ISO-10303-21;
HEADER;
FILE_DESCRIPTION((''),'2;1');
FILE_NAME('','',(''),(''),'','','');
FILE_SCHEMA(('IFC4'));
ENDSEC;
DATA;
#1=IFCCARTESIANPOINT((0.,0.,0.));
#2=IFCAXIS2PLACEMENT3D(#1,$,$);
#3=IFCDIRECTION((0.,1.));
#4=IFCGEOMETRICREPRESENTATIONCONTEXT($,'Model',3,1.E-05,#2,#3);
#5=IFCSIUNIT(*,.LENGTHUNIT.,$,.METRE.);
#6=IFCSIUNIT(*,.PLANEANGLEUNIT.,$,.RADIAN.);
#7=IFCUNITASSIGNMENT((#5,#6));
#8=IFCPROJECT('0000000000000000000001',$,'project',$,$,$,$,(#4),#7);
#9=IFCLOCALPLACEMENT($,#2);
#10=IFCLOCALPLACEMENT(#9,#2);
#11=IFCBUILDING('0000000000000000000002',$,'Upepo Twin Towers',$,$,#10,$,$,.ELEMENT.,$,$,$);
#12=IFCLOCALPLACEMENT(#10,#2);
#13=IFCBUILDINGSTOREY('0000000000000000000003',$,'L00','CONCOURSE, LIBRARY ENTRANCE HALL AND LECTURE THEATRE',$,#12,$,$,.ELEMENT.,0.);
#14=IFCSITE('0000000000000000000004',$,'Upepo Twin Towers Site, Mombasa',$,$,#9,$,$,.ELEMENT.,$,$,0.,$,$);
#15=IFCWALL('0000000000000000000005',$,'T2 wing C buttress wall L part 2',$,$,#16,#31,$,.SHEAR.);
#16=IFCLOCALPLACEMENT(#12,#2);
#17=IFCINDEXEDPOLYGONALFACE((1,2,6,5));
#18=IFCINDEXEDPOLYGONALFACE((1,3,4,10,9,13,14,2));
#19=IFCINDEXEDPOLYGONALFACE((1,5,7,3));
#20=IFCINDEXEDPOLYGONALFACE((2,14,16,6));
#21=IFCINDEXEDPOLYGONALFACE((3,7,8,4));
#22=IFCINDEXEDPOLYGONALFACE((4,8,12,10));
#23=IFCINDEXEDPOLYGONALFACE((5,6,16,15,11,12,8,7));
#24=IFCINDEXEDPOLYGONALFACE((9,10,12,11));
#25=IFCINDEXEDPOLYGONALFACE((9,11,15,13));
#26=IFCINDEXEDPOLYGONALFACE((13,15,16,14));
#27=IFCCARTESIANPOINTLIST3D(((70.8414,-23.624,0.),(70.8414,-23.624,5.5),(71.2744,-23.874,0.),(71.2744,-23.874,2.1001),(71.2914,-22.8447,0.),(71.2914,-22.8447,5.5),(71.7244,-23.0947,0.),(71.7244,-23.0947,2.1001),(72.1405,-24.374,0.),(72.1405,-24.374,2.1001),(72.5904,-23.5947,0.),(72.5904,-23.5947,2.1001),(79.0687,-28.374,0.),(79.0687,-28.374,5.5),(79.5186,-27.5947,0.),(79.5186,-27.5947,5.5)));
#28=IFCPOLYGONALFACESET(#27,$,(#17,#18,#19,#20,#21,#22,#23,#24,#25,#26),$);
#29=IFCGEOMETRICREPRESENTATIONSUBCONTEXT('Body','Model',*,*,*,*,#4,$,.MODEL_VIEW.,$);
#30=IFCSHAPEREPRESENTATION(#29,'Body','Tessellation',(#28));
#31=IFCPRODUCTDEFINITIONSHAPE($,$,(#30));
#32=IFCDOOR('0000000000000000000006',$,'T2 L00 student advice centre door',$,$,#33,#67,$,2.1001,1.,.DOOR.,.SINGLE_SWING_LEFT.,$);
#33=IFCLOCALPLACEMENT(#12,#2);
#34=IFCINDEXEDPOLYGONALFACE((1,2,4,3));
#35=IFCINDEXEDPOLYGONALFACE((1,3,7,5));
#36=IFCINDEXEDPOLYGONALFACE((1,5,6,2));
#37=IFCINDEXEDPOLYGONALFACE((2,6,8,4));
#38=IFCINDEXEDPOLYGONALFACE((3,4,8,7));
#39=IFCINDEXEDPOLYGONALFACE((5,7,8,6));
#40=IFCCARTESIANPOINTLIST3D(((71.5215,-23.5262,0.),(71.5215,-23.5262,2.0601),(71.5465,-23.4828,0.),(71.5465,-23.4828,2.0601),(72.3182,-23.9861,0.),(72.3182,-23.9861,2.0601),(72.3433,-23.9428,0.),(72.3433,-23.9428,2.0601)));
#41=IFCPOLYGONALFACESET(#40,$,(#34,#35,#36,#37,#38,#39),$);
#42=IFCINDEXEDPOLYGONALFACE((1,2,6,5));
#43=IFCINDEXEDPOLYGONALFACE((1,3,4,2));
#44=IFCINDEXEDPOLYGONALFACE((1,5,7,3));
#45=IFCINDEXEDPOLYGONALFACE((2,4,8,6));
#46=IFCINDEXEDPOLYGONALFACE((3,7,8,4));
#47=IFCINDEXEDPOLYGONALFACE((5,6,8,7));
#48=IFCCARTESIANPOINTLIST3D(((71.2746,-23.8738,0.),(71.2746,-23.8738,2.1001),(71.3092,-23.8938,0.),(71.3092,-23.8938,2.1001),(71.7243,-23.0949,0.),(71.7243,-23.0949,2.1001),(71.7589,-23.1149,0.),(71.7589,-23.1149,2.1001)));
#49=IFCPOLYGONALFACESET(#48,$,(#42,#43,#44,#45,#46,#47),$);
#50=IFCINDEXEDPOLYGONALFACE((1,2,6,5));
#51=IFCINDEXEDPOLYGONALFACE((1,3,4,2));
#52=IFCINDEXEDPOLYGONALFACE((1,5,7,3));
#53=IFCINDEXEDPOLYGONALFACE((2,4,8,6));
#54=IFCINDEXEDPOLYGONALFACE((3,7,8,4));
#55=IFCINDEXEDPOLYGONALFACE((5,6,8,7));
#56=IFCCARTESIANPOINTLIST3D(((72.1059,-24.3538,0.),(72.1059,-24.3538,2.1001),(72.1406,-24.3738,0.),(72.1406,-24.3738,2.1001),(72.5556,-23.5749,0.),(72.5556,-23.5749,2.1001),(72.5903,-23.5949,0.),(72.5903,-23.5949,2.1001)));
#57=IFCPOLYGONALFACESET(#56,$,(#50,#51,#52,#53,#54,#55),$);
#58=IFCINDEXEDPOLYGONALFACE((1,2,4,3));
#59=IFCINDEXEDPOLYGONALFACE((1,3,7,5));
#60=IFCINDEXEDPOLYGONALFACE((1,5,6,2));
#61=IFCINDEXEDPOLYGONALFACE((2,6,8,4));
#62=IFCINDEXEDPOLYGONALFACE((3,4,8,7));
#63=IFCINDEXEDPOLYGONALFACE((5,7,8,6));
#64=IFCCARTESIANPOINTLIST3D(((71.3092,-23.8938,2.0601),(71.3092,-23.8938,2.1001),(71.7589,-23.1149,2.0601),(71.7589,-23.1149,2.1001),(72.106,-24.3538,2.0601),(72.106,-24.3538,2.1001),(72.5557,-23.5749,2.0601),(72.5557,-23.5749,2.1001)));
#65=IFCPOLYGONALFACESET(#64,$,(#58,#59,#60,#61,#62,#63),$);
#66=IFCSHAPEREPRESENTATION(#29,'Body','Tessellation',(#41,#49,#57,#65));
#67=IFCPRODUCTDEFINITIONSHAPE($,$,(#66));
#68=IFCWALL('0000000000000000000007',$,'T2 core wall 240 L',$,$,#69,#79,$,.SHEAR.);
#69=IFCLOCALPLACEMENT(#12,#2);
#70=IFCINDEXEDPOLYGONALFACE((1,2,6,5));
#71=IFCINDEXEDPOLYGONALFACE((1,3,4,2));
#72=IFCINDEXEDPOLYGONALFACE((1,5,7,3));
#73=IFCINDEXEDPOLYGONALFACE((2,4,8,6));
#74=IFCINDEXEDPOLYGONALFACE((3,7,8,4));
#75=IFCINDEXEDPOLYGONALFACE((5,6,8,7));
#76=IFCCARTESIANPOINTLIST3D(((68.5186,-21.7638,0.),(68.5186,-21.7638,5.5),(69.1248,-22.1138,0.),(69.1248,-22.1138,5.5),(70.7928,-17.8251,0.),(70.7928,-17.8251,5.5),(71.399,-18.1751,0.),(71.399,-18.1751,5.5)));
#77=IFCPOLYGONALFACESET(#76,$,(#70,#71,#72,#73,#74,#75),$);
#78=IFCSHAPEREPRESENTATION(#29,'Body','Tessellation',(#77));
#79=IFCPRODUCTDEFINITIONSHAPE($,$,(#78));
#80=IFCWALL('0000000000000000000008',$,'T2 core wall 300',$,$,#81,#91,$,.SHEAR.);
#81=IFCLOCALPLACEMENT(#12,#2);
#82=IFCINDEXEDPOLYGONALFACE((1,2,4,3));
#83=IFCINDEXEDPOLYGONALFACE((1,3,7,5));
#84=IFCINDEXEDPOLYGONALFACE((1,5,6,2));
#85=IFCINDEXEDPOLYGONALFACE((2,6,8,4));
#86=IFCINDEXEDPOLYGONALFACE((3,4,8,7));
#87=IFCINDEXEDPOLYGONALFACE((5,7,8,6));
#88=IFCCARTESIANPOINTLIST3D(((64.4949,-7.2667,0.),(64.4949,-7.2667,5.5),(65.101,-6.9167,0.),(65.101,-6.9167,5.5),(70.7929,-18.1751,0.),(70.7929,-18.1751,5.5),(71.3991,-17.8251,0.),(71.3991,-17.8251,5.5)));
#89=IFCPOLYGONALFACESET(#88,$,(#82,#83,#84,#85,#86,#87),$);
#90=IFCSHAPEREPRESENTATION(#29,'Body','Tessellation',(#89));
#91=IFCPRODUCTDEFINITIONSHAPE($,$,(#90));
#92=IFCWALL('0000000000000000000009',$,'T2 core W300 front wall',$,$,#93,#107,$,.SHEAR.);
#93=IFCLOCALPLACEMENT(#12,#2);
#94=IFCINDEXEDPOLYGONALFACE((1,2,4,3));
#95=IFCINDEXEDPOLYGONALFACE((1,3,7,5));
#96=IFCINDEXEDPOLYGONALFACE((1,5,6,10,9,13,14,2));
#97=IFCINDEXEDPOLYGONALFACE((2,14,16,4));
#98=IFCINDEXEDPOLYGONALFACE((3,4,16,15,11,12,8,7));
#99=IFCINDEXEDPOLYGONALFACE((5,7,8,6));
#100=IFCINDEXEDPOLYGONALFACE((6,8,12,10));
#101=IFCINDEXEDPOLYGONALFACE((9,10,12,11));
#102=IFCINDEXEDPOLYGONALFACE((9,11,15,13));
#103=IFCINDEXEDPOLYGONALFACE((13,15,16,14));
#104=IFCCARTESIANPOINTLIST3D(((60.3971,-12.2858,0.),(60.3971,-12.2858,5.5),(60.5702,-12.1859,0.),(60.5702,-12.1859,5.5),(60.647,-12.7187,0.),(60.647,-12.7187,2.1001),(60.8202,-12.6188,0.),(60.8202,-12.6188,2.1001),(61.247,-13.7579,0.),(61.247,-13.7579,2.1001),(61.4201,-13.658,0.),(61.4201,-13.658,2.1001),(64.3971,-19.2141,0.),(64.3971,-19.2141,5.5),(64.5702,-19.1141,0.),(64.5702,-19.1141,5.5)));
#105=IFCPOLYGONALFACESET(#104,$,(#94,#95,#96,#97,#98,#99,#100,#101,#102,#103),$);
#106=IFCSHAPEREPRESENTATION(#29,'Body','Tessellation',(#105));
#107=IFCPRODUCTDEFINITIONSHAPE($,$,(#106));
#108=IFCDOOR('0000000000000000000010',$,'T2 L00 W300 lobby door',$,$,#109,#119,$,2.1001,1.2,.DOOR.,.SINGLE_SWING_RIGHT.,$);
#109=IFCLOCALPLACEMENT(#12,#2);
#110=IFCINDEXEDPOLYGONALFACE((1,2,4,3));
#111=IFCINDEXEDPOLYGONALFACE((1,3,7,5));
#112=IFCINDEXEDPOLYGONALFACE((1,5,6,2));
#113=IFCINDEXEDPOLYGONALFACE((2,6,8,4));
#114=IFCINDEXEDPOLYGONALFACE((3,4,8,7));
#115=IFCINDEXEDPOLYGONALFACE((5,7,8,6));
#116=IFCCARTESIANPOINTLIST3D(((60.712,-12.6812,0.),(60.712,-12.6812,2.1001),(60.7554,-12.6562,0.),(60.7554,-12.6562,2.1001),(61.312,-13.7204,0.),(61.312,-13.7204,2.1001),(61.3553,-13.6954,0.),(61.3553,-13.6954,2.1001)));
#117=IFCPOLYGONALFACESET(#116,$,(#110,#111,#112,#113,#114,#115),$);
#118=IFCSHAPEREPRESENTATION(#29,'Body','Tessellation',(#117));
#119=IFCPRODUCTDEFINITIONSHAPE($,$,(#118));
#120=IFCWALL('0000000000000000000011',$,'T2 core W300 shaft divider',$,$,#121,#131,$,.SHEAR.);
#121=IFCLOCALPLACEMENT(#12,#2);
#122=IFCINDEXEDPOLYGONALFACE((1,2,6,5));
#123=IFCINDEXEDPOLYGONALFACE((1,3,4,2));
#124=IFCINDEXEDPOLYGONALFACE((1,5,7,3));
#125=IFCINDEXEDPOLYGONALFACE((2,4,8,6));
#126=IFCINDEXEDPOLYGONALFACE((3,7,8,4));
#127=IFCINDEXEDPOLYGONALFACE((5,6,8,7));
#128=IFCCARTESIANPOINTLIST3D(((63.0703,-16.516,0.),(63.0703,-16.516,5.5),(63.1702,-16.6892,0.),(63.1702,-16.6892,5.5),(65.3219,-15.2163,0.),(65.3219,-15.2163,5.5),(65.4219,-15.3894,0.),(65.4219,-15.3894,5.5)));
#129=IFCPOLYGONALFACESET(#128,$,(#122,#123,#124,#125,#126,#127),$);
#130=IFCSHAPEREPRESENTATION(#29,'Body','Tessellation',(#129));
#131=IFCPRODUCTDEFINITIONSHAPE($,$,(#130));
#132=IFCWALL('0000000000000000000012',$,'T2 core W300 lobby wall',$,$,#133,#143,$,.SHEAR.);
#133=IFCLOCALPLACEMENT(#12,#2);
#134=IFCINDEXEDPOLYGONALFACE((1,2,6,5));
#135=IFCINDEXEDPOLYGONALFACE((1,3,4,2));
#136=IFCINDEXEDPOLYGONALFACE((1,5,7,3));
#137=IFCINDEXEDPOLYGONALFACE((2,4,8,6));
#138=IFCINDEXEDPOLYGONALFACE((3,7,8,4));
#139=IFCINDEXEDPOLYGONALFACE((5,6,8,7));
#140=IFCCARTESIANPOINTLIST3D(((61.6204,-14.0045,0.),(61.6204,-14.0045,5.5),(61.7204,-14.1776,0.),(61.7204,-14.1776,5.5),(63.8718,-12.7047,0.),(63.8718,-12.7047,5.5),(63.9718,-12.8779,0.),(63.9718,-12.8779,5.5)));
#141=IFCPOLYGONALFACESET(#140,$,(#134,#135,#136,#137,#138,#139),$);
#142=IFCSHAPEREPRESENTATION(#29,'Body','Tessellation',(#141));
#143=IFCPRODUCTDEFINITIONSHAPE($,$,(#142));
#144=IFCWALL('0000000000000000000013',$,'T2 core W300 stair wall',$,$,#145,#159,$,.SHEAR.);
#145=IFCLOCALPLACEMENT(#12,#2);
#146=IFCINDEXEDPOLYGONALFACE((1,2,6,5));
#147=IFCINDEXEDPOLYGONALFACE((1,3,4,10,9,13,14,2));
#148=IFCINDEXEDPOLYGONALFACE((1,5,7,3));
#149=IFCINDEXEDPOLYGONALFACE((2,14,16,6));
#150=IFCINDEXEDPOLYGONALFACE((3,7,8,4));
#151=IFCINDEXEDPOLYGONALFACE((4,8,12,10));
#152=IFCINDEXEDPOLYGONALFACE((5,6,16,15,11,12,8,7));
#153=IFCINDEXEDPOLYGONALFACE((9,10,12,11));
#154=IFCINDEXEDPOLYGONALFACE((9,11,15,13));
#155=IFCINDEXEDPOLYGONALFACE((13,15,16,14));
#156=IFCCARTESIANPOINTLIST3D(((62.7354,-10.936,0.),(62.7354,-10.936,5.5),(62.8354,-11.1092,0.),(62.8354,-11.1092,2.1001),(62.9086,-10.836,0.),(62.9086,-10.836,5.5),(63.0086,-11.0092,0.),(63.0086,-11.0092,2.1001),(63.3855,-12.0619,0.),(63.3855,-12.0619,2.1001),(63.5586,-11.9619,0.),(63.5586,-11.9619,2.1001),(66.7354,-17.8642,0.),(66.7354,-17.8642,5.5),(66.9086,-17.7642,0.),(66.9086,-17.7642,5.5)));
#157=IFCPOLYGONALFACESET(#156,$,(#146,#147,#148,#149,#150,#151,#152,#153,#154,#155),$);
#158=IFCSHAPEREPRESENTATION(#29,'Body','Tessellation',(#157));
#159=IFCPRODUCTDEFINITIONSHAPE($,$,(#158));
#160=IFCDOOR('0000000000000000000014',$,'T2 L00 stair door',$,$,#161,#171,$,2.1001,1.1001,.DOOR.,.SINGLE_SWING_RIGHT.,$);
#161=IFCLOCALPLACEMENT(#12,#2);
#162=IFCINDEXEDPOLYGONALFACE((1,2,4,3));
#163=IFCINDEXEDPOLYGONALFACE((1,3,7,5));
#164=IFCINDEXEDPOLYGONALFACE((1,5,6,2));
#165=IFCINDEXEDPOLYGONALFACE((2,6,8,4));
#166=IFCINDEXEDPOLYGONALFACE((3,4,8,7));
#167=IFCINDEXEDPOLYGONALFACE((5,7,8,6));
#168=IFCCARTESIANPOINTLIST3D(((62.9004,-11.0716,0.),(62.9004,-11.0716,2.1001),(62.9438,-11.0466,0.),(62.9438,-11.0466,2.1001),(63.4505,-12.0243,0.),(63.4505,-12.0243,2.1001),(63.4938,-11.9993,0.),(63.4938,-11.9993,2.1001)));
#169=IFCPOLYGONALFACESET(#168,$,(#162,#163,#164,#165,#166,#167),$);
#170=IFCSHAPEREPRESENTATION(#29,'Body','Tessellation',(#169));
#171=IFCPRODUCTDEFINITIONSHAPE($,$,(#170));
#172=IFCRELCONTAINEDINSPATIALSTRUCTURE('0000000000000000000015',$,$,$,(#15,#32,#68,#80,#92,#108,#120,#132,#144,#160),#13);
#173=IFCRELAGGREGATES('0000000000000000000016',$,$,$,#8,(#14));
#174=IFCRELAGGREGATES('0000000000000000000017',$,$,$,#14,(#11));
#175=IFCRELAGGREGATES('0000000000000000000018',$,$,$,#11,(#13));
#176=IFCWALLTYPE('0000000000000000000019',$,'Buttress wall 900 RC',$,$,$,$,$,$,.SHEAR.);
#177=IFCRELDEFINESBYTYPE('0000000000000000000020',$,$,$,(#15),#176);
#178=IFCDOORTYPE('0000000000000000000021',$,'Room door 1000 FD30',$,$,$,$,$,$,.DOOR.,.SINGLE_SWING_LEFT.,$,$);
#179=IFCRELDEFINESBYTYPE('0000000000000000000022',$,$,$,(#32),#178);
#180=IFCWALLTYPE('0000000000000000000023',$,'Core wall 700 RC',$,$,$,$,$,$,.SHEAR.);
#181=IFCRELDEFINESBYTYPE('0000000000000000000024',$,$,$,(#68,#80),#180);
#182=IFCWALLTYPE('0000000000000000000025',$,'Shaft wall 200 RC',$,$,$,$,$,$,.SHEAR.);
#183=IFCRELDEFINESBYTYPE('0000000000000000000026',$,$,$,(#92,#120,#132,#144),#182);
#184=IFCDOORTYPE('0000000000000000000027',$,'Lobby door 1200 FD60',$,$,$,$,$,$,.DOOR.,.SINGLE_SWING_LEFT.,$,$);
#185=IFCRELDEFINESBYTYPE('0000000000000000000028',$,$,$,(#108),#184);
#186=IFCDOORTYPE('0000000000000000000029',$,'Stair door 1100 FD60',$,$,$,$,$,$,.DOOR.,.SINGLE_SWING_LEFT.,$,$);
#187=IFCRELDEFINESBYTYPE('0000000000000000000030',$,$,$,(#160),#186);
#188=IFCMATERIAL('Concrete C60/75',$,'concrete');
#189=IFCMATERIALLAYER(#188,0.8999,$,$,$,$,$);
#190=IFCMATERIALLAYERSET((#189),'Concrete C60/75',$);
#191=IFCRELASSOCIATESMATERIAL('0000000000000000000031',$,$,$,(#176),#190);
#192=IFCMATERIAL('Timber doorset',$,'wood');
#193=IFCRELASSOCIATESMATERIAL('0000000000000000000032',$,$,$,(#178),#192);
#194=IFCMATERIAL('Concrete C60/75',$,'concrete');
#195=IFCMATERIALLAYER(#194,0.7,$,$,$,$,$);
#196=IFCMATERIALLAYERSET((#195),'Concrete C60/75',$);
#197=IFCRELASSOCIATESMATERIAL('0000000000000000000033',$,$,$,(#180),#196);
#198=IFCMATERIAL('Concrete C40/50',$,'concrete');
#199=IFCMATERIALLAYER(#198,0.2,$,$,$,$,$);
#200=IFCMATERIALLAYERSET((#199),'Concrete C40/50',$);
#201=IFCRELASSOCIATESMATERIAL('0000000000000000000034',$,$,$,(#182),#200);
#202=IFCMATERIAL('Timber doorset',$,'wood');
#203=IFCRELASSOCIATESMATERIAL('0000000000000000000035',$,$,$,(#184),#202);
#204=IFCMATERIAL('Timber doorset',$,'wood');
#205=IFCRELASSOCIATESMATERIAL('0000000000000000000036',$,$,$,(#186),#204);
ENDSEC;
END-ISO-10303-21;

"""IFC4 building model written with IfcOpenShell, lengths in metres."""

from ifc_helpers import new_model, si_unit, direction, frame, frame_2d, origin, place, context, subcontext, project, spatial, rectangle, extrude, material, layer, layer_set, type_object, element, fill, save


model = new_model("IFC4")

# Units and contexts
model_context = context("Model", 3, precision=1e-05, world=origin(), true_north=direction((0.0, 1.0)))
body_context = subcontext(model_context, "Body", "Model", "MODEL_VIEW")
ifc_project = project(units=[si_unit("LENGTHUNIT", "METRE"), si_unit("PLANEANGLEUNIT", "RADIAN")], contexts=[model_context])

# Site, building, storey
site_placement = place(None, origin())
site = spatial("IfcSite", under=ifc_project, at=site_placement, Name="Upepo Twin Towers Site, Mombasa", CompositionType="ELEMENT", RefElevation=0.0)
building_placement = place(site_placement, origin())
building = spatial("IfcBuilding", under=site, at=building_placement, Name="Upepo Twin Towers", CompositionType="ELEMENT")
storey_placement = place(building_placement, origin())
storey = spatial("IfcBuildingStorey", under=building, at=storey_placement, Name="L00", Description="CONCOURSE, LIBRARY ENTRANCE HALL AND LECTURE THEATRE", CompositionType="ELEMENT", Elevation=0.0)

# Wall, opening, door
ifc_material_1 = material(Name="Concrete C60/75", Category="concrete")
ifc_layer_1 = layer(ifc_material_1, 0.8999)
ifc_layer_set_1 = layer_set([ifc_layer_1], Name="Concrete C60/75")
wall_type_1 = type_object("IfcWallType", Name="Buttress wall 900 RC", PredefinedType="SHEAR", material=ifc_layer_set_1)
wall_1_placement = place(storey_placement, frame((71.0664, -23.2344, 0.0), z_axis=(0.0, 0.0, 1.0), x_axis=(0.866027, -0.499998, 0.0)))
wall_1 = element("IfcWall", 1, at=wall_1_placement, inside=storey, type_object=wall_type_1, Name="T2 wing C buttress wall L part 2", PredefinedType="SHEAR", context=body_context, shape_type="SweptSolid", body=[
    extrude(rectangle(XDim=9.5, YDim=0.8999, at=frame_2d((4.75, 0.0))), origin(), (0.0, 0.0, 1.0), 5.5),
])
opening_1_placement = place(wall_1_placement, frame((0.5, 0.0, 0.0)))
opening_1 = element("IfcOpeningElement", 2, at=opening_1_placement, cuts=wall_1, PredefinedType="OPENING", context=body_context, shape_type="SweptSolid", body=[
    extrude(rectangle(XDim=1.0, YDim=2.1001, at=frame_2d((0.5, 1.05))), frame((0.0, 0.46, 0.0), z_axis=(0.0, -1.0, 0.0), x_axis=(1.0, 0.0, 0.0)), (0.0, 0.0, 1.0), 0.9199),
])
ifc_material_2 = material(Name="Timber doorset", Category="wood")
door_type_1 = type_object("IfcDoorType", Name="Room door 1000 FD30", OperationType="SINGLE_SWING_LEFT", PredefinedType="DOOR", material=ifc_material_2)
door_1_placement = place(opening_1_placement, origin())
door_1 = element("IfcDoor", 3, at=door_1_placement, inside=storey, type_object=door_type_1, Name="T2 L00 student advice centre door", OperationType="SINGLE_SWING_LEFT", OverallHeight=2.1001, OverallWidth=1.0, PredefinedType="DOOR", context=body_context, shape_type="SweptSolid", body=[
    extrude(rectangle(XDim=0.92, YDim=2.0601, at=frame_2d((0.5, 1.03))), frame((0.0, 0.0249, 0.0), z_axis=(0.0, -1.0, 0.0), x_axis=(1.0, 0.0, 0.0)), (0.0, 0.0, 1.0), 0.05),
    extrude(rectangle(XDim=0.04, YDim=2.1001, at=frame_2d((0.02, 1.05))), frame((0.0, 0.4497, 0.0), z_axis=(0.0, -1.0, 0.0), x_axis=(1.0, 0.0, 0.0)), (0.0, 0.0, 1.0), 0.8994),
    extrude(rectangle(XDim=0.04, YDim=2.1001, at=frame_2d((0.98, 1.05))), frame((0.0, 0.4497, 0.0), z_axis=(0.0, -1.0, 0.0), x_axis=(1.0, 0.0, 0.0)), (0.0, 0.0, 1.0), 0.8994),
    extrude(rectangle(XDim=0.92, YDim=0.04, at=frame_2d((0.5, 2.0801))), frame((0.0, 0.4497, 0.0), z_axis=(0.0, -1.0, 0.0), x_axis=(1.0, 0.0, 0.0)), (0.0, 0.0, 1.0), 0.8994),
])
fill(opening_1, door_1)

# Walls
ifc_material_3 = material(Name="Concrete C60/75", Category="concrete")
ifc_layer_2 = layer(ifc_material_3, 0.7)
ifc_layer_set_2 = layer_set([ifc_layer_2], Name="Concrete C60/75")
wall_type_2 = type_object("IfcWallType", Name="Core wall 700 RC", PredefinedType="SHEAR", material=ifc_layer_set_2)
wall_2_placement = place(storey_placement, frame((68.8218, -21.9387, 0.0), z_axis=(0.0, 0.0, 1.0), x_axis=(0.500024, 0.866011, 0.0)))
element("IfcWall", 4, at=wall_2_placement, inside=storey, type_object=wall_type_2, Name="T2 core wall 240 L", PredefinedType="SHEAR", context=body_context, shape_type="SweptSolid", body=[
    extrude(rectangle(XDim=4.5481, YDim=0.7, at=frame_2d((2.2739, 0.0))), origin(), (0.0, 0.0, 1.0), 5.5),
])
wall_3_placement = place(storey_placement, frame((71.0959, -18.0, 0.0), z_axis=(0.0, 0.0, 1.0), x_axis=(-0.500006, 0.866022, 0.0)))
element("IfcWall", 5, at=wall_3_placement, inside=storey, type_object=wall_type_2, Name="T2 core wall 300", PredefinedType="SHEAR", context=body_context, shape_type="SweptSolid", body=[
    extrude(rectangle(XDim=12.5959, YDim=0.7, at=frame_2d((6.2979, 0.0))), origin(), (0.0, 0.0, 1.0), 5.5),
])

# Wall, opening, door
ifc_material_4 = material(Name="Concrete C40/50", Category="concrete")
ifc_layer_3 = layer(ifc_material_4, 0.2)
ifc_layer_set_3 = layer_set([ifc_layer_3], Name="Concrete C40/50")
wall_type_3 = type_object("IfcWallType", Name="Shaft wall 200 RC", PredefinedType="SHEAR", material=ifc_layer_set_3)
wall_4_placement = place(storey_placement, frame((64.4836, -19.1641, 0.0), z_axis=(0.0, 0.0, 1.0), x_axis=(-0.499999, 0.866026, 0.0)))
wall_4 = element("IfcWall", 6, at=wall_4_placement, inside=storey, type_object=wall_type_3, Name="T2 core W300 front wall", PredefinedType="SHEAR", context=body_context, shape_type="SweptSolid", body=[
    extrude(rectangle(XDim=8.0, YDim=0.2, at=frame_2d((4.0, 0.0))), origin(), (0.0, 0.0, 1.0), 5.5),
])
opening_2_placement = place(wall_4_placement, frame((6.3, 0.0, 0.0)))
opening_2 = element("IfcOpeningElement", 7, at=opening_2_placement, cuts=wall_4, PredefinedType="OPENING", context=body_context, shape_type="SweptSolid", body=[
    extrude(rectangle(XDim=1.2, YDim=2.1001, at=frame_2d((0.6001, 1.05))), frame((0.0, 0.1099, 0.0), z_axis=(0.0, -1.0, 0.0), x_axis=(1.0, 0.0, 0.0)), (0.0, 0.0, 1.0), 0.22),
])
ifc_material_5 = material(Name="Timber doorset", Category="wood")
door_type_2 = type_object("IfcDoorType", Name="Lobby door 1200 FD60", OperationType="SINGLE_SWING_LEFT", PredefinedType="DOOR", material=ifc_material_5)
door_2_placement = place(opening_2_placement, origin())
door_2 = element("IfcDoor", 8, at=door_2_placement, inside=storey, type_object=door_type_2, Name="T2 L00 W300 lobby door", OperationType="SINGLE_SWING_RIGHT", OverallHeight=2.1001, OverallWidth=1.2, PredefinedType="DOOR", context=body_context, shape_type="SweptSolid", body=[
    extrude(rectangle(XDim=1.2, YDim=2.1001, at=frame_2d((0.6001, 1.05))), frame((0.0, 0.0249, 0.0), z_axis=(0.0, -1.0, 0.0), x_axis=(1.0, 0.0, 0.0)), (0.0, 0.0, 1.0), 0.05),
])
fill(opening_2, door_2)

# Walls
wall_5_placement = place(storey_placement, frame((63.1204, -16.6025, 0.0), z_axis=(0.0, 0.0, 1.0), x_axis=(0.866062, 0.499937, 0.0)))
element("IfcWall", 9, at=wall_5_placement, inside=storey, type_object=wall_type_3, Name="T2 core W300 shaft divider", PredefinedType="SHEAR", context=body_context, shape_type="SweptSolid", body=[
    extrude(rectangle(XDim=2.5999, YDim=0.2, at=frame_2d((1.2998, 0.0))), origin(), (0.0, 0.0, 1.0), 5.5),
])
wall_6_placement = place(storey_placement, frame((61.6704, -14.0911, 0.0), z_axis=(0.0, 0.0, 1.0), x_axis=(0.866039, 0.499977, 0.0)))
element("IfcWall", 10, at=wall_6_placement, inside=storey, type_object=wall_type_3, Name="T2 core W300 lobby wall", PredefinedType="SHEAR", context=body_context, shape_type="SweptSolid", body=[
    extrude(rectangle(XDim=2.5996, YDim=0.2, at=frame_2d((1.2998, 0.0))), origin(), (0.0, 0.0, 1.0), 5.5),
])

# Wall, opening, door
wall_7_placement = place(storey_placement, frame((66.822, -17.8142, 0.0), z_axis=(0.0, 0.0, 1.0), x_axis=(-0.499999, 0.866026, 0.0)))
wall_7 = element("IfcWall", 11, at=wall_7_placement, inside=storey, type_object=wall_type_3, Name="T2 core W300 stair wall", PredefinedType="SHEAR", context=body_context, shape_type="SweptSolid", body=[
    extrude(rectangle(XDim=8.0, YDim=0.2, at=frame_2d((4.0, 0.0))), origin(), (0.0, 0.0, 1.0), 5.5),
])
opening_3_placement = place(wall_7_placement, frame((6.7, 0.0, 0.0)))
opening_3 = element("IfcOpeningElement", 12, at=opening_3_placement, cuts=wall_7, PredefinedType="OPENING", context=body_context, shape_type="SweptSolid", body=[
    extrude(rectangle(XDim=1.1001, YDim=2.1001, at=frame_2d((0.55, 1.05))), frame((0.0, 0.1099, 0.0), z_axis=(0.0, -1.0, 0.0), x_axis=(1.0, 0.0, 0.0)), (0.0, 0.0, 1.0), 0.22),
])
ifc_material_6 = material(Name="Timber doorset", Category="wood")
door_type_3 = type_object("IfcDoorType", Name="Stair door 1100 FD60", OperationType="SINGLE_SWING_LEFT", PredefinedType="DOOR", material=ifc_material_6)
door_3_placement = place(opening_3_placement, origin())
door_3 = element("IfcDoor", 13, at=door_3_placement, inside=storey, type_object=door_type_3, Name="T2 L00 stair door", OperationType="SINGLE_SWING_RIGHT", OverallHeight=2.1001, OverallWidth=1.1001, PredefinedType="DOOR", context=body_context, shape_type="SweptSolid", body=[
    extrude(rectangle(XDim=1.1001, YDim=2.1001, at=frame_2d((0.55, 1.05))), frame((0.0, 0.0249, 0.0), z_axis=(0.0, -1.0, 0.0), x_axis=(1.0, 0.0, 0.0)), (0.0, 0.0, 1.0), 0.05),
])
fill(opening_3, door_3)

save(model, "model.ifc")
